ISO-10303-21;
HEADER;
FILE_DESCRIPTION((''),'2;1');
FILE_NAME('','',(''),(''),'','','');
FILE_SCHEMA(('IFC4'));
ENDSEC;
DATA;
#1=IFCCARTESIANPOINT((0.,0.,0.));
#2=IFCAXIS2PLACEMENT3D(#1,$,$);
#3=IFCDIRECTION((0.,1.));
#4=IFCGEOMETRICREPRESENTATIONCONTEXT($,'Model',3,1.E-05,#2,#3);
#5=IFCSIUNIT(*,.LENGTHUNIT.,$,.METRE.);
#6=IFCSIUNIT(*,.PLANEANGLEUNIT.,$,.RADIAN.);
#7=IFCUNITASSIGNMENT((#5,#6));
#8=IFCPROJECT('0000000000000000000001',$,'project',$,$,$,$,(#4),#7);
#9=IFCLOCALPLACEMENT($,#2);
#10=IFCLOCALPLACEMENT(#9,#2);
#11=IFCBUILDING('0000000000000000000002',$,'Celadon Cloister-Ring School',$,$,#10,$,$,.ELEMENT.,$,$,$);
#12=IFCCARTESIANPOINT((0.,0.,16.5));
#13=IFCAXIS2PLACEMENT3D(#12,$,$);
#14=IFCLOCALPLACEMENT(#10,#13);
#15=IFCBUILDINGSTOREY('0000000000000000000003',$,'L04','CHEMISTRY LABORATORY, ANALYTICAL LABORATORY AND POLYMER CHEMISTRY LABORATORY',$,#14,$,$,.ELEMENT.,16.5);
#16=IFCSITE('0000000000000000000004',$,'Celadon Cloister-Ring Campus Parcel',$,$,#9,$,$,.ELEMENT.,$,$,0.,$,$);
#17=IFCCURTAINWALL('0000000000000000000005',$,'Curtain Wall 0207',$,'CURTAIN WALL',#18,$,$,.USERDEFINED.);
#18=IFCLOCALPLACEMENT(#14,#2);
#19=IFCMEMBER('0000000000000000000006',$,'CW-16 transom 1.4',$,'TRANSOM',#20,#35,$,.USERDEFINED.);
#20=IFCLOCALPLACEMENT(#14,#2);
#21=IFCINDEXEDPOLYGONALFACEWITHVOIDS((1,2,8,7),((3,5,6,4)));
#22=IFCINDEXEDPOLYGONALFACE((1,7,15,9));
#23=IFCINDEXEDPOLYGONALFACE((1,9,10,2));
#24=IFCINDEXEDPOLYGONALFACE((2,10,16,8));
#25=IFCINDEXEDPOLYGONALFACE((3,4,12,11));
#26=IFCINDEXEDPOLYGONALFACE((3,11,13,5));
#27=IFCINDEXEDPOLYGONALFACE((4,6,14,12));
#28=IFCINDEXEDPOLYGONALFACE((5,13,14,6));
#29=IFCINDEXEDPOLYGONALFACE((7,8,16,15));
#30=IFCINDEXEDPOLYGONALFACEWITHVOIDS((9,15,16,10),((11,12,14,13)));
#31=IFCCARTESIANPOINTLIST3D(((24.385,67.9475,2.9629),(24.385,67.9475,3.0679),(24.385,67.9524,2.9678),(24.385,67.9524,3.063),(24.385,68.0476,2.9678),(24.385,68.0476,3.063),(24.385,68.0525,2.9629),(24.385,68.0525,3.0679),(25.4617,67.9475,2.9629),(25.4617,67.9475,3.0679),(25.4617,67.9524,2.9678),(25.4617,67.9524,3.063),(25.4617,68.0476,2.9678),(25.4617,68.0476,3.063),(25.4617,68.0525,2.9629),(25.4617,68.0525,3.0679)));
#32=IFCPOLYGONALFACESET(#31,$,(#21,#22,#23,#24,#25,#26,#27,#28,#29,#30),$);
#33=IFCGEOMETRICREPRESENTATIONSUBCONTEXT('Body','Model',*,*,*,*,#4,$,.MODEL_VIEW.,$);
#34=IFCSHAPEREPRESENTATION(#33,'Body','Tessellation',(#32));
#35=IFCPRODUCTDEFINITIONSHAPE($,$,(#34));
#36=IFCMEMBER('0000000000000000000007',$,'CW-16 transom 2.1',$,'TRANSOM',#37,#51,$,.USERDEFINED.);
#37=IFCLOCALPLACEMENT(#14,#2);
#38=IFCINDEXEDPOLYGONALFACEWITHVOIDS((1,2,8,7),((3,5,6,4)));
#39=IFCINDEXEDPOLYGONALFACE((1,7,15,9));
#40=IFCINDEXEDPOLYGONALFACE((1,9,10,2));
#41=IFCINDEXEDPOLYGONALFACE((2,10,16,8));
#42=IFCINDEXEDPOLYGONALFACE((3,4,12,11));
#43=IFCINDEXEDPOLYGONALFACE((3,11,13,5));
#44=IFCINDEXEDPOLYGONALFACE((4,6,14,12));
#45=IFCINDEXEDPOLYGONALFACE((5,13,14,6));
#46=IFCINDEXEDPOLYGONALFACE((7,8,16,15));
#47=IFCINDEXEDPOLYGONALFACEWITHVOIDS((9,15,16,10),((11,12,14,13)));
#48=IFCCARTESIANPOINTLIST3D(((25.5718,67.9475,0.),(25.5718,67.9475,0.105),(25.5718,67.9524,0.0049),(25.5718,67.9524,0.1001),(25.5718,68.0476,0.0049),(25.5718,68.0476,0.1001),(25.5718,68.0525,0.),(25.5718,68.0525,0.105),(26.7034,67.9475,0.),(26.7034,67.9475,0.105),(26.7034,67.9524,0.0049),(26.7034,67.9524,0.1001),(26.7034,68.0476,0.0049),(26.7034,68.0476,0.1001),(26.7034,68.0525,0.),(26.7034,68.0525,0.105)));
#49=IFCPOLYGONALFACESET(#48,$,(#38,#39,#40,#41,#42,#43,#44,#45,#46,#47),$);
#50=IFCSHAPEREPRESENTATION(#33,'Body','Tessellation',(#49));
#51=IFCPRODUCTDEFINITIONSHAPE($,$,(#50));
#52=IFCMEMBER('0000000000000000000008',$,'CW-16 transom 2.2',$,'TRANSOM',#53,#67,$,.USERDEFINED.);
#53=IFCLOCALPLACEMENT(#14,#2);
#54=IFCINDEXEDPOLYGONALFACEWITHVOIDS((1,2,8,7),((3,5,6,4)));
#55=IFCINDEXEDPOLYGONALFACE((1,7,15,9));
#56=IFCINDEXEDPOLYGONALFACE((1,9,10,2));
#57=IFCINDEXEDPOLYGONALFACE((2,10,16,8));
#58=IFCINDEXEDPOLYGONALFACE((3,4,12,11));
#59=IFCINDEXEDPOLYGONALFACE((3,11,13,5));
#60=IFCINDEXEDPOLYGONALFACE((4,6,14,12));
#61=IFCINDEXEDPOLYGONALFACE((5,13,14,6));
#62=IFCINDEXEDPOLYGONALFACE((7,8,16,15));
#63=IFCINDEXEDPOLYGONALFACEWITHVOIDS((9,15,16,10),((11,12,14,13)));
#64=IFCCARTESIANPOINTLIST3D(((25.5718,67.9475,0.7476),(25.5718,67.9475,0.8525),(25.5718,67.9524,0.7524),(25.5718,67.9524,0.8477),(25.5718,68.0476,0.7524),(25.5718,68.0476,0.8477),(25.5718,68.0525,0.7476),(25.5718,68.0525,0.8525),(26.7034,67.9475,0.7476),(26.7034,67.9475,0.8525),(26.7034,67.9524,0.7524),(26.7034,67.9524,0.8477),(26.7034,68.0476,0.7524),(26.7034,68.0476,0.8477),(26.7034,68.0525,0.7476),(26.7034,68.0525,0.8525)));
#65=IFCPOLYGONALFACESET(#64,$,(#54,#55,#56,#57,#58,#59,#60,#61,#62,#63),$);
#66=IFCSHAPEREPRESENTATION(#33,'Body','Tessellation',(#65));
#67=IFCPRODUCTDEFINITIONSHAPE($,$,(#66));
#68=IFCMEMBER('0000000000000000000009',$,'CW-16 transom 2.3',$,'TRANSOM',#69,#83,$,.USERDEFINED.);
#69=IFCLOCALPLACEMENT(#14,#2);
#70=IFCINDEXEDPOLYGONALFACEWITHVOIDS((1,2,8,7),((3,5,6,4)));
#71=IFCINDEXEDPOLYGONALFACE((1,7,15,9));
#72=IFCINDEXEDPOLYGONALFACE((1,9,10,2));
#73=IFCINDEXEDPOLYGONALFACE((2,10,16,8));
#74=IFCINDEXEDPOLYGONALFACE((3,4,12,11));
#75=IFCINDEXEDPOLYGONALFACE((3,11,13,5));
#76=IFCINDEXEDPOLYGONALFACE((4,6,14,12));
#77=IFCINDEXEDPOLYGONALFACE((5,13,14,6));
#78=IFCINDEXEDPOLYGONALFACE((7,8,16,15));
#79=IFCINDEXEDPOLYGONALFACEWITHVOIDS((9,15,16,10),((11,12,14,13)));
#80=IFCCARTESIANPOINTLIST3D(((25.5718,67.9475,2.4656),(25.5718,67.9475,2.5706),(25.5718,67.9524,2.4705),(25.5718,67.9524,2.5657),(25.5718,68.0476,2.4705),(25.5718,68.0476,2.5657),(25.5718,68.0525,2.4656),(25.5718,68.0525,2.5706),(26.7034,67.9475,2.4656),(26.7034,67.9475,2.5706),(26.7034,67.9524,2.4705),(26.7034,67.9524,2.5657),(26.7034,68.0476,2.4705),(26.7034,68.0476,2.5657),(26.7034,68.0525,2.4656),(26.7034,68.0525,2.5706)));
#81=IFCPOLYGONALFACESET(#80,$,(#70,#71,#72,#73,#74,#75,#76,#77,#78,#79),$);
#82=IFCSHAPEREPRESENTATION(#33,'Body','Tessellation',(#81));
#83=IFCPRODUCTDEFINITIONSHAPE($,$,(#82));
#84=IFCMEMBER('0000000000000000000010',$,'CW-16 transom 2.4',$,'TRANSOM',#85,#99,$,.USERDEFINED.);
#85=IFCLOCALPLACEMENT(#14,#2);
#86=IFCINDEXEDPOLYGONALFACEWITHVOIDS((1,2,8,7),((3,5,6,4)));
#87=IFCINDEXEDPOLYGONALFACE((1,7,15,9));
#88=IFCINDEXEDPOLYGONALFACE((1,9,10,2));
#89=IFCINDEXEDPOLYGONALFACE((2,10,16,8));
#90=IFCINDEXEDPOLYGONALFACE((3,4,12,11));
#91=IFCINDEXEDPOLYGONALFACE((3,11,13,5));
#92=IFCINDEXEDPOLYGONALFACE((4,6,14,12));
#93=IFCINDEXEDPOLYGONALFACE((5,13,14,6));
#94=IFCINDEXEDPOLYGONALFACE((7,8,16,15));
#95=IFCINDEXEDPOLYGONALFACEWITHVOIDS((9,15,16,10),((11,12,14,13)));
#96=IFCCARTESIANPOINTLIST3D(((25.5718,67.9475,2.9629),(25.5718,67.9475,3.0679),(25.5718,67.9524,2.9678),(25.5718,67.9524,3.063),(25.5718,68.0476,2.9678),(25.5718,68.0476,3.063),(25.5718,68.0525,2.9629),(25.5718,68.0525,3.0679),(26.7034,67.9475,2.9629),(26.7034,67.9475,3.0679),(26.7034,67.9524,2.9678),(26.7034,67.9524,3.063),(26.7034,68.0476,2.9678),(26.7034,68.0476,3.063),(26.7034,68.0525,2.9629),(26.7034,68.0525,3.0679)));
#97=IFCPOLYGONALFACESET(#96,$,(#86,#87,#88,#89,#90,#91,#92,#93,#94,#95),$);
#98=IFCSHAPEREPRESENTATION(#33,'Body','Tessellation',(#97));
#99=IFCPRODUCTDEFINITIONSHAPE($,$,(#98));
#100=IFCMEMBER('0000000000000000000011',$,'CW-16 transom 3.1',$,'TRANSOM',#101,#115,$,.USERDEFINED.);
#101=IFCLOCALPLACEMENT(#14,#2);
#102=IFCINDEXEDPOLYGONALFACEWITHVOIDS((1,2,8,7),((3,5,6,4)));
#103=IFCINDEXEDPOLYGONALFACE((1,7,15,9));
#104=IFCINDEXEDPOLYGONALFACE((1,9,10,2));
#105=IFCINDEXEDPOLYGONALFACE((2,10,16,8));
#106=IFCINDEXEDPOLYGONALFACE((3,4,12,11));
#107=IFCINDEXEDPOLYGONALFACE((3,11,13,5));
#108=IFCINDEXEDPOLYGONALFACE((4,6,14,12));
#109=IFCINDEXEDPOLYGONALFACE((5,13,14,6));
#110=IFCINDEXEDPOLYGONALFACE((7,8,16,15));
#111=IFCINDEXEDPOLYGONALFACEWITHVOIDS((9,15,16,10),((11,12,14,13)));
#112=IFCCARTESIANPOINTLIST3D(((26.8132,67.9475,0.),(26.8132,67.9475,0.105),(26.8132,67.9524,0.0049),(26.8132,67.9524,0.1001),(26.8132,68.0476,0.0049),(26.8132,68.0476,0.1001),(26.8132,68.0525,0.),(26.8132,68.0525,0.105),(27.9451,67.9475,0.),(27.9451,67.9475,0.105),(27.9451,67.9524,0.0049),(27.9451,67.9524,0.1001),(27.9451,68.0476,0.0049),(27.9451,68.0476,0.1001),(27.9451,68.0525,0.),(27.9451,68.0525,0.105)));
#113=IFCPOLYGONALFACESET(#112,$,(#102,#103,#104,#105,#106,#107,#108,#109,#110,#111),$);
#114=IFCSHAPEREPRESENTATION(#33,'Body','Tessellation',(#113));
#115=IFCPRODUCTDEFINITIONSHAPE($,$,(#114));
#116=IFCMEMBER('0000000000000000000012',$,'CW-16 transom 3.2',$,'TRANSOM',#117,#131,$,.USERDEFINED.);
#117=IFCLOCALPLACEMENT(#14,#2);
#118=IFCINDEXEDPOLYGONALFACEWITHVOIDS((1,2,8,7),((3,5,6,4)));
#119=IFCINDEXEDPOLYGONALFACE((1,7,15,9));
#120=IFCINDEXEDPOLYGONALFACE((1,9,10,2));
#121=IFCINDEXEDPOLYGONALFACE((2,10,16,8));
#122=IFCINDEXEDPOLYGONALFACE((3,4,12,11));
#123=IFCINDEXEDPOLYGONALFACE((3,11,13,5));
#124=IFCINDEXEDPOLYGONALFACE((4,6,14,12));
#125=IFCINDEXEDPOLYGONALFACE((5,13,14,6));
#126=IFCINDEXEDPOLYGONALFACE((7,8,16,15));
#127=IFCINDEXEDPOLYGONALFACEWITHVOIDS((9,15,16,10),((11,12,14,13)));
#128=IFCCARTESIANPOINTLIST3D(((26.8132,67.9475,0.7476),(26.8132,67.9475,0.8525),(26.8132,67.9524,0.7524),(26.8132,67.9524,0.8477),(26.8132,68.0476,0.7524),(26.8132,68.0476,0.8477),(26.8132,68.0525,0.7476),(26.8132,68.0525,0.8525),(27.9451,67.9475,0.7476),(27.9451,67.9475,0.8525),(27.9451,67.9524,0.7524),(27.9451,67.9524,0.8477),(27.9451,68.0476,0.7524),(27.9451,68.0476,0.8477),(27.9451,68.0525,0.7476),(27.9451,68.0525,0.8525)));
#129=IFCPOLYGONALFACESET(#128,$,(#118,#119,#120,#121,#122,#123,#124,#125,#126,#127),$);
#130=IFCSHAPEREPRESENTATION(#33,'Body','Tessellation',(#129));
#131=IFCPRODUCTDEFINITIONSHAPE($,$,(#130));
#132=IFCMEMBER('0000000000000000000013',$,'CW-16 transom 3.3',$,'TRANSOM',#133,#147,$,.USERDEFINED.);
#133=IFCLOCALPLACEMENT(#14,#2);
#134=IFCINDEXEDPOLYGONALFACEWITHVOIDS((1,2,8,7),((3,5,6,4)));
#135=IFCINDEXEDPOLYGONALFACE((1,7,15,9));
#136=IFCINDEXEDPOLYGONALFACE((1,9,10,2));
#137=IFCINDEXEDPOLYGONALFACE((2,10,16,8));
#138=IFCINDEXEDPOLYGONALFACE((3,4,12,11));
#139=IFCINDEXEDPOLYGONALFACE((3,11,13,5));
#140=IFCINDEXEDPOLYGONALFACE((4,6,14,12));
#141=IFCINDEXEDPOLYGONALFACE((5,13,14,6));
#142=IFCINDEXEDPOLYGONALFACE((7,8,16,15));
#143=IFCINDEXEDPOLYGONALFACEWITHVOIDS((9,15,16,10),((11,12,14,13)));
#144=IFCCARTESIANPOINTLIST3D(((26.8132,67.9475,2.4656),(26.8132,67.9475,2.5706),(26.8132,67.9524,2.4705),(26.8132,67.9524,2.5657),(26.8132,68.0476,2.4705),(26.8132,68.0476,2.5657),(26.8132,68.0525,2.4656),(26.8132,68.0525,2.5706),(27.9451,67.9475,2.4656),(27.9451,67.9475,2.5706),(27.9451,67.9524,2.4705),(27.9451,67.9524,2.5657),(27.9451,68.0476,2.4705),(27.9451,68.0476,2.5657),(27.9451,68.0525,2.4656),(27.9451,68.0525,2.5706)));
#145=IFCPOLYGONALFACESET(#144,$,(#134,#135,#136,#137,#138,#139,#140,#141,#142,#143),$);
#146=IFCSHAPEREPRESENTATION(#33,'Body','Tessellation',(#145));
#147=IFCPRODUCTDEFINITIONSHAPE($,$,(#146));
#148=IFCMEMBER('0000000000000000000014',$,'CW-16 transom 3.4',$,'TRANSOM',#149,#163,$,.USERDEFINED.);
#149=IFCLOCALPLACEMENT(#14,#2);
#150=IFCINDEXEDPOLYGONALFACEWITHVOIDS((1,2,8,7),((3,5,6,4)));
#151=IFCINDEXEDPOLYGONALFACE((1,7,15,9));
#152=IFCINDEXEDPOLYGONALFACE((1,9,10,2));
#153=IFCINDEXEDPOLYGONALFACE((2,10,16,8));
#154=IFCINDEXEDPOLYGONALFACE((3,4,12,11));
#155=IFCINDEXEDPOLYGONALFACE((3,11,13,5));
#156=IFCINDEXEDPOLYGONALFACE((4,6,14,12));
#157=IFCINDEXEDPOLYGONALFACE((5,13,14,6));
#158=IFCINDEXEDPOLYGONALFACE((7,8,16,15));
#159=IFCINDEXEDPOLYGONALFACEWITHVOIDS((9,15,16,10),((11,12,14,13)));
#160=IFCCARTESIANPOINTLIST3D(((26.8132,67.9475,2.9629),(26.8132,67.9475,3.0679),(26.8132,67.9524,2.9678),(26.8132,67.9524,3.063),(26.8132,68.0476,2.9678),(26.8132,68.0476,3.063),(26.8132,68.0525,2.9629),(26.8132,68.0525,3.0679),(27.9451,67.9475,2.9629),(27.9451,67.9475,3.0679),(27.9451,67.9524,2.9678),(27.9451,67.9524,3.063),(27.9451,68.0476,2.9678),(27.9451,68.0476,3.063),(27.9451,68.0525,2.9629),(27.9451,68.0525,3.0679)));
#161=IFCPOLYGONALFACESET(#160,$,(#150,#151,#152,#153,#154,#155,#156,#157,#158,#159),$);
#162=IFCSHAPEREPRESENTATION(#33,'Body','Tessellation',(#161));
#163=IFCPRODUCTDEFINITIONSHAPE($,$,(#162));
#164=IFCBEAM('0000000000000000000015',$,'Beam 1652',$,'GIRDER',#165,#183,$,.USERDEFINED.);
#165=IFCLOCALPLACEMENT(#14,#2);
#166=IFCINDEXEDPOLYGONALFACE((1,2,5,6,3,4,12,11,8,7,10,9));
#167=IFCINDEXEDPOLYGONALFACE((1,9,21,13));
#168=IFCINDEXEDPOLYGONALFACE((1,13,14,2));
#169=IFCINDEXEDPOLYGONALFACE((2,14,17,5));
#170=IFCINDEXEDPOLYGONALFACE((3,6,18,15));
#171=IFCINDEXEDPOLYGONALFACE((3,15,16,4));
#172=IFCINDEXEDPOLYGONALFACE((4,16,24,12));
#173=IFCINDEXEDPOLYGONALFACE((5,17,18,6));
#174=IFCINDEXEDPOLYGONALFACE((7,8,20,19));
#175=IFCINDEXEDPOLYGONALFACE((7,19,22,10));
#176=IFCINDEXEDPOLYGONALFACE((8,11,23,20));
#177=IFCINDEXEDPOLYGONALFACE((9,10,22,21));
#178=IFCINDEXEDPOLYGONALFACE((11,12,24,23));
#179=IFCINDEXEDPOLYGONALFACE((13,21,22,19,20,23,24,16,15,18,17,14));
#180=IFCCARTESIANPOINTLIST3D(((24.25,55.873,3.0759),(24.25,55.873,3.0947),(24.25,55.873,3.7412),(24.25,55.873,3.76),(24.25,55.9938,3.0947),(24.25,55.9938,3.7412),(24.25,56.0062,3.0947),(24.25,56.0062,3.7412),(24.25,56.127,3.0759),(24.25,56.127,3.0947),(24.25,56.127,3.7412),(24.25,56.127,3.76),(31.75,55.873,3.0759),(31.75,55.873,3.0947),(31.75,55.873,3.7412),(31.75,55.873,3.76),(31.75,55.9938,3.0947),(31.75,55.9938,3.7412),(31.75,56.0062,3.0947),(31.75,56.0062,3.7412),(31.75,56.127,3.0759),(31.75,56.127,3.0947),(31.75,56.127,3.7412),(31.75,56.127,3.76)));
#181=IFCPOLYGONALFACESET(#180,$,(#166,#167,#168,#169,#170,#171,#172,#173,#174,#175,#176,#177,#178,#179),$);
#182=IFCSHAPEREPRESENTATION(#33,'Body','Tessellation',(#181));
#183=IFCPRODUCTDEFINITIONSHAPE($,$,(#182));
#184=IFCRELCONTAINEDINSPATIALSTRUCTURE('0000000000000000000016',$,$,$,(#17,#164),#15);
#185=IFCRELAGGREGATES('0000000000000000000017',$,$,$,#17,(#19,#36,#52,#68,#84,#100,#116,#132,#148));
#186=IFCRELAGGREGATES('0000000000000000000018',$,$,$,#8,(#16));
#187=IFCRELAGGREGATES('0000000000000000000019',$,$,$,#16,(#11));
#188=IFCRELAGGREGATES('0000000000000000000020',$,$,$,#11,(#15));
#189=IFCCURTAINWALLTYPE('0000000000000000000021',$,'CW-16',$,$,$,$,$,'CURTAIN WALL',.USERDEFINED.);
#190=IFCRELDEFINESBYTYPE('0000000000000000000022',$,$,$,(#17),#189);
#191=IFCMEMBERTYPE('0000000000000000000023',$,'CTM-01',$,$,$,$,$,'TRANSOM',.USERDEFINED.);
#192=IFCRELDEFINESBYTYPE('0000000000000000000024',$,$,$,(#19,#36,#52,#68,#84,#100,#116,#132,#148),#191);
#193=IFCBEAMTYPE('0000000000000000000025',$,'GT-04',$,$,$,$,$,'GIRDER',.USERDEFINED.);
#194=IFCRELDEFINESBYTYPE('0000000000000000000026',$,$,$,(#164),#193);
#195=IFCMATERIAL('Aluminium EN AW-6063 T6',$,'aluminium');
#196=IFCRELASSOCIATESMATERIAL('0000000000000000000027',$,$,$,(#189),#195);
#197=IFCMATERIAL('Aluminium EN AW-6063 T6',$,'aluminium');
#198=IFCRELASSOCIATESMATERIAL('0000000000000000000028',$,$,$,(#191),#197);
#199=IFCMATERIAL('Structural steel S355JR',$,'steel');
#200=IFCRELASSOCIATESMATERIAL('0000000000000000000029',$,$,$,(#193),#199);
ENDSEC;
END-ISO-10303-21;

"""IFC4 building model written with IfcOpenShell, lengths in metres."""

from ifc_helpers import new_model, si_unit, direction, frame, origin, origin_2d, place, context, subcontext, project, spatial, hollow_rectangle, i_section, extrude, material, material_profile, profile_set, type_object, element, aggregate, save


model = new_model("IFC4")

# Units and contexts
model_context = context("Model", 3, precision=1e-05, world=origin(), true_north=direction((0.0, 1.0)))
body_context = subcontext(model_context, "Body", "Model", "MODEL_VIEW")
ifc_project = project(units=[si_unit("LENGTHUNIT", "METRE"), si_unit("PLANEANGLEUNIT", "RADIAN")], contexts=[model_context])

# Site, building, storey
site_placement = place(None, origin())
site = spatial("IfcSite", under=ifc_project, at=site_placement, Name="Celadon Cloister-Ring Campus Parcel", CompositionType="ELEMENT", RefElevation=0.0)
building_placement = place(site_placement, origin())
building = spatial("IfcBuilding", under=site, at=building_placement, Name="Celadon Cloister-Ring School", CompositionType="ELEMENT")
storey_placement = place(building_placement, frame((0.0, 0.0, 16.5)))
storey = spatial("IfcBuildingStorey", under=building, at=storey_placement, Name="L04", Description="CHEMISTRY LABORATORY, ANALYTICAL LABORATORY AND POLYMER CHEMISTRY LABORATORY", CompositionType="ELEMENT", Elevation=16.5)

# Curtain wall, members
ifc_material_1 = material(Name="Aluminium EN AW-6063 T6", Category="aluminium")
curtain_wall_type = type_object("IfcCurtainWallType", Name="CW-16", ElementType="CURTAIN WALL", PredefinedType="USERDEFINED", material=ifc_material_1)
curtain_wall_placement = place(storey_placement, origin())
curtain_wall = element("IfcCurtainWall", 1, at=curtain_wall_placement, inside=storey, type_object=curtain_wall_type, Name="Curtain Wall 0207", ObjectType="CURTAIN WALL", PredefinedType="USERDEFINED")
ifc_material_2 = material(Name="Aluminium EN AW-6063 T6", Category="aluminium")
ifc_material_profile_1 = material_profile(ifc_material_2, hollow_rectangle(XDim=0.105, YDim=0.105, WallThickness=0.0049, at=origin_2d()), Name="RHS105X105X5")
ifc_profile_set_1 = profile_set([ifc_material_profile_1], Name="Aluminium EN AW-6063 T6")
member_type_1 = type_object("IfcMemberType", Name="CTM-01", ElementType="TRANSOM", PredefinedType="USERDEFINED", material=ifc_profile_set_1)
member_1_placement = place(storey_placement, frame((24.385, 68.0, 3.0154), z_axis=(1.0, 0.0, 0.0), x_axis=(0.0, 1.0, 0.0)))
member_1 = element("IfcMember", 2, at=member_1_placement, type_object=member_type_1, Name="CW-16 transom 1.4", ObjectType="TRANSOM", PredefinedType="USERDEFINED", context=body_context, shape_type="SweptSolid", body=[
    extrude(hollow_rectangle(XDim=0.105, YDim=0.105, WallThickness=0.0049, at=origin_2d()), origin(), (0.0, 0.0, 1.0), 1.0767),
])
member_2_placement = place(storey_placement, frame((25.5718, 68.0, 0.0525), z_axis=(1.0, 0.0, 0.0), x_axis=(0.0, 1.0, 0.0)))
member_2 = element("IfcMember", 3, at=member_2_placement, type_object=member_type_1, Name="CW-16 transom 2.1", ObjectType="TRANSOM", PredefinedType="USERDEFINED", context=body_context, shape_type="SweptSolid", body=[
    extrude(hollow_rectangle(XDim=0.105, YDim=0.105, WallThickness=0.0049, at=origin_2d()), origin(), (0.0, 0.0, 1.0), 1.1316),
])
member_3_placement = place(storey_placement, frame((25.5718, 68.0, 0.8), z_axis=(1.0, 0.0, 0.0), x_axis=(0.0, 1.0, 0.0)))
member_3 = element("IfcMember", 4, at=member_3_placement, type_object=member_type_1, Name="CW-16 transom 2.2", ObjectType="TRANSOM", PredefinedType="USERDEFINED", context=body_context, shape_type="SweptSolid", body=[
    extrude(hollow_rectangle(XDim=0.105, YDim=0.105, WallThickness=0.0049, at=origin_2d()), origin(), (0.0, 0.0, 1.0), 1.1316),
])
member_4_placement = place(storey_placement, frame((25.5718, 68.0, 2.5181), z_axis=(1.0, 0.0, 0.0), x_axis=(0.0, 1.0, 0.0)))
member_4 = element("IfcMember", 5, at=member_4_placement, type_object=member_type_1, Name="CW-16 transom 2.3", ObjectType="TRANSOM", PredefinedType="USERDEFINED", context=body_context, shape_type="SweptSolid", body=[
    extrude(hollow_rectangle(XDim=0.105, YDim=0.105, WallThickness=0.0049, at=origin_2d()), origin(), (0.0, 0.0, 1.0), 1.1316),
])
member_5_placement = place(storey_placement, frame((25.5718, 68.0, 3.0154), z_axis=(1.0, 0.0, 0.0), x_axis=(0.0, 1.0, 0.0)))
member_5 = element("IfcMember", 6, at=member_5_placement, type_object=member_type_1, Name="CW-16 transom 2.4", ObjectType="TRANSOM", PredefinedType="USERDEFINED", context=body_context, shape_type="SweptSolid", body=[
    extrude(hollow_rectangle(XDim=0.105, YDim=0.105, WallThickness=0.0049, at=origin_2d()), origin(), (0.0, 0.0, 1.0), 1.1316),
])
member_6_placement = place(storey_placement, frame((26.8132, 68.0, 0.0525), z_axis=(1.0, 0.0, 0.0), x_axis=(0.0, 1.0, 0.0)))
member_6 = element("IfcMember", 7, at=member_6_placement, type_object=member_type_1, Name="CW-16 transom 3.1", ObjectType="TRANSOM", PredefinedType="USERDEFINED", context=body_context, shape_type="SweptSolid", body=[
    extrude(hollow_rectangle(XDim=0.105, YDim=0.105, WallThickness=0.0049, at=origin_2d()), origin(), (0.0, 0.0, 1.0), 1.1318),
])
member_7_placement = place(storey_placement, frame((26.8132, 68.0, 0.8), z_axis=(1.0, 0.0, 0.0), x_axis=(0.0, 1.0, 0.0)))
member_7 = element("IfcMember", 8, at=member_7_placement, type_object=member_type_1, Name="CW-16 transom 3.2", ObjectType="TRANSOM", PredefinedType="USERDEFINED", context=body_context, shape_type="SweptSolid", body=[
    extrude(hollow_rectangle(XDim=0.105, YDim=0.105, WallThickness=0.0049, at=origin_2d()), origin(), (0.0, 0.0, 1.0), 1.1318),
])
member_8_placement = place(storey_placement, frame((26.8132, 68.0, 2.5181), z_axis=(1.0, 0.0, 0.0), x_axis=(0.0, 1.0, 0.0)))
member_8 = element("IfcMember", 9, at=member_8_placement, type_object=member_type_1, Name="CW-16 transom 3.3", ObjectType="TRANSOM", PredefinedType="USERDEFINED", context=body_context, shape_type="SweptSolid", body=[
    extrude(hollow_rectangle(XDim=0.105, YDim=0.105, WallThickness=0.0049, at=origin_2d()), origin(), (0.0, 0.0, 1.0), 1.1318),
])
member_9_placement = place(storey_placement, frame((26.8132, 68.0, 3.0154), z_axis=(1.0, 0.0, 0.0), x_axis=(0.0, 1.0, 0.0)))
member_9 = element("IfcMember", 10, at=member_9_placement, type_object=member_type_1, Name="CW-16 transom 3.4", ObjectType="TRANSOM", PredefinedType="USERDEFINED", context=body_context, shape_type="SweptSolid", body=[
    extrude(hollow_rectangle(XDim=0.105, YDim=0.105, WallThickness=0.0049, at=origin_2d()), origin(), (0.0, 0.0, 1.0), 1.1318),
])

# Beam
ifc_material_3 = material(Name="Structural steel S355JR", Category="steel")
ifc_material_profile_2 = material_profile(ifc_material_3, i_section(OverallWidth=0.2539, OverallDepth=0.6841, WebThickness=0.0125, FlangeThickness=0.0188, at=origin_2d()), Name="W690X140")
ifc_profile_set_2 = profile_set([ifc_material_profile_2], Name="Structural steel S355JR")
beam_type_1 = type_object("IfcBeamType", Name="GT-04", ElementType="GIRDER", PredefinedType="USERDEFINED", material=ifc_profile_set_2)
beam_1_placement = place(storey_placement, frame((24.25, 56.0, 3.418), z_axis=(1.0, 0.0, 0.0), x_axis=(0.0, 1.0, 0.0)))
element("IfcBeam", 11, at=beam_1_placement, inside=storey, type_object=beam_type_1, Name="Beam 1652", ObjectType="GIRDER", PredefinedType="USERDEFINED", context=body_context, shape_type="SweptSolid", body=[
    extrude(i_section(OverallWidth=0.2539, OverallDepth=0.6841, WebThickness=0.0125, FlangeThickness=0.0188, at=origin_2d()), origin(), (0.0, 0.0, 1.0), 7.5),
])

aggregate(curtain_wall, [member_1, member_2, member_3, member_4, member_5, member_6, member_7, member_8, member_9])

save(model, "model.ifc")
